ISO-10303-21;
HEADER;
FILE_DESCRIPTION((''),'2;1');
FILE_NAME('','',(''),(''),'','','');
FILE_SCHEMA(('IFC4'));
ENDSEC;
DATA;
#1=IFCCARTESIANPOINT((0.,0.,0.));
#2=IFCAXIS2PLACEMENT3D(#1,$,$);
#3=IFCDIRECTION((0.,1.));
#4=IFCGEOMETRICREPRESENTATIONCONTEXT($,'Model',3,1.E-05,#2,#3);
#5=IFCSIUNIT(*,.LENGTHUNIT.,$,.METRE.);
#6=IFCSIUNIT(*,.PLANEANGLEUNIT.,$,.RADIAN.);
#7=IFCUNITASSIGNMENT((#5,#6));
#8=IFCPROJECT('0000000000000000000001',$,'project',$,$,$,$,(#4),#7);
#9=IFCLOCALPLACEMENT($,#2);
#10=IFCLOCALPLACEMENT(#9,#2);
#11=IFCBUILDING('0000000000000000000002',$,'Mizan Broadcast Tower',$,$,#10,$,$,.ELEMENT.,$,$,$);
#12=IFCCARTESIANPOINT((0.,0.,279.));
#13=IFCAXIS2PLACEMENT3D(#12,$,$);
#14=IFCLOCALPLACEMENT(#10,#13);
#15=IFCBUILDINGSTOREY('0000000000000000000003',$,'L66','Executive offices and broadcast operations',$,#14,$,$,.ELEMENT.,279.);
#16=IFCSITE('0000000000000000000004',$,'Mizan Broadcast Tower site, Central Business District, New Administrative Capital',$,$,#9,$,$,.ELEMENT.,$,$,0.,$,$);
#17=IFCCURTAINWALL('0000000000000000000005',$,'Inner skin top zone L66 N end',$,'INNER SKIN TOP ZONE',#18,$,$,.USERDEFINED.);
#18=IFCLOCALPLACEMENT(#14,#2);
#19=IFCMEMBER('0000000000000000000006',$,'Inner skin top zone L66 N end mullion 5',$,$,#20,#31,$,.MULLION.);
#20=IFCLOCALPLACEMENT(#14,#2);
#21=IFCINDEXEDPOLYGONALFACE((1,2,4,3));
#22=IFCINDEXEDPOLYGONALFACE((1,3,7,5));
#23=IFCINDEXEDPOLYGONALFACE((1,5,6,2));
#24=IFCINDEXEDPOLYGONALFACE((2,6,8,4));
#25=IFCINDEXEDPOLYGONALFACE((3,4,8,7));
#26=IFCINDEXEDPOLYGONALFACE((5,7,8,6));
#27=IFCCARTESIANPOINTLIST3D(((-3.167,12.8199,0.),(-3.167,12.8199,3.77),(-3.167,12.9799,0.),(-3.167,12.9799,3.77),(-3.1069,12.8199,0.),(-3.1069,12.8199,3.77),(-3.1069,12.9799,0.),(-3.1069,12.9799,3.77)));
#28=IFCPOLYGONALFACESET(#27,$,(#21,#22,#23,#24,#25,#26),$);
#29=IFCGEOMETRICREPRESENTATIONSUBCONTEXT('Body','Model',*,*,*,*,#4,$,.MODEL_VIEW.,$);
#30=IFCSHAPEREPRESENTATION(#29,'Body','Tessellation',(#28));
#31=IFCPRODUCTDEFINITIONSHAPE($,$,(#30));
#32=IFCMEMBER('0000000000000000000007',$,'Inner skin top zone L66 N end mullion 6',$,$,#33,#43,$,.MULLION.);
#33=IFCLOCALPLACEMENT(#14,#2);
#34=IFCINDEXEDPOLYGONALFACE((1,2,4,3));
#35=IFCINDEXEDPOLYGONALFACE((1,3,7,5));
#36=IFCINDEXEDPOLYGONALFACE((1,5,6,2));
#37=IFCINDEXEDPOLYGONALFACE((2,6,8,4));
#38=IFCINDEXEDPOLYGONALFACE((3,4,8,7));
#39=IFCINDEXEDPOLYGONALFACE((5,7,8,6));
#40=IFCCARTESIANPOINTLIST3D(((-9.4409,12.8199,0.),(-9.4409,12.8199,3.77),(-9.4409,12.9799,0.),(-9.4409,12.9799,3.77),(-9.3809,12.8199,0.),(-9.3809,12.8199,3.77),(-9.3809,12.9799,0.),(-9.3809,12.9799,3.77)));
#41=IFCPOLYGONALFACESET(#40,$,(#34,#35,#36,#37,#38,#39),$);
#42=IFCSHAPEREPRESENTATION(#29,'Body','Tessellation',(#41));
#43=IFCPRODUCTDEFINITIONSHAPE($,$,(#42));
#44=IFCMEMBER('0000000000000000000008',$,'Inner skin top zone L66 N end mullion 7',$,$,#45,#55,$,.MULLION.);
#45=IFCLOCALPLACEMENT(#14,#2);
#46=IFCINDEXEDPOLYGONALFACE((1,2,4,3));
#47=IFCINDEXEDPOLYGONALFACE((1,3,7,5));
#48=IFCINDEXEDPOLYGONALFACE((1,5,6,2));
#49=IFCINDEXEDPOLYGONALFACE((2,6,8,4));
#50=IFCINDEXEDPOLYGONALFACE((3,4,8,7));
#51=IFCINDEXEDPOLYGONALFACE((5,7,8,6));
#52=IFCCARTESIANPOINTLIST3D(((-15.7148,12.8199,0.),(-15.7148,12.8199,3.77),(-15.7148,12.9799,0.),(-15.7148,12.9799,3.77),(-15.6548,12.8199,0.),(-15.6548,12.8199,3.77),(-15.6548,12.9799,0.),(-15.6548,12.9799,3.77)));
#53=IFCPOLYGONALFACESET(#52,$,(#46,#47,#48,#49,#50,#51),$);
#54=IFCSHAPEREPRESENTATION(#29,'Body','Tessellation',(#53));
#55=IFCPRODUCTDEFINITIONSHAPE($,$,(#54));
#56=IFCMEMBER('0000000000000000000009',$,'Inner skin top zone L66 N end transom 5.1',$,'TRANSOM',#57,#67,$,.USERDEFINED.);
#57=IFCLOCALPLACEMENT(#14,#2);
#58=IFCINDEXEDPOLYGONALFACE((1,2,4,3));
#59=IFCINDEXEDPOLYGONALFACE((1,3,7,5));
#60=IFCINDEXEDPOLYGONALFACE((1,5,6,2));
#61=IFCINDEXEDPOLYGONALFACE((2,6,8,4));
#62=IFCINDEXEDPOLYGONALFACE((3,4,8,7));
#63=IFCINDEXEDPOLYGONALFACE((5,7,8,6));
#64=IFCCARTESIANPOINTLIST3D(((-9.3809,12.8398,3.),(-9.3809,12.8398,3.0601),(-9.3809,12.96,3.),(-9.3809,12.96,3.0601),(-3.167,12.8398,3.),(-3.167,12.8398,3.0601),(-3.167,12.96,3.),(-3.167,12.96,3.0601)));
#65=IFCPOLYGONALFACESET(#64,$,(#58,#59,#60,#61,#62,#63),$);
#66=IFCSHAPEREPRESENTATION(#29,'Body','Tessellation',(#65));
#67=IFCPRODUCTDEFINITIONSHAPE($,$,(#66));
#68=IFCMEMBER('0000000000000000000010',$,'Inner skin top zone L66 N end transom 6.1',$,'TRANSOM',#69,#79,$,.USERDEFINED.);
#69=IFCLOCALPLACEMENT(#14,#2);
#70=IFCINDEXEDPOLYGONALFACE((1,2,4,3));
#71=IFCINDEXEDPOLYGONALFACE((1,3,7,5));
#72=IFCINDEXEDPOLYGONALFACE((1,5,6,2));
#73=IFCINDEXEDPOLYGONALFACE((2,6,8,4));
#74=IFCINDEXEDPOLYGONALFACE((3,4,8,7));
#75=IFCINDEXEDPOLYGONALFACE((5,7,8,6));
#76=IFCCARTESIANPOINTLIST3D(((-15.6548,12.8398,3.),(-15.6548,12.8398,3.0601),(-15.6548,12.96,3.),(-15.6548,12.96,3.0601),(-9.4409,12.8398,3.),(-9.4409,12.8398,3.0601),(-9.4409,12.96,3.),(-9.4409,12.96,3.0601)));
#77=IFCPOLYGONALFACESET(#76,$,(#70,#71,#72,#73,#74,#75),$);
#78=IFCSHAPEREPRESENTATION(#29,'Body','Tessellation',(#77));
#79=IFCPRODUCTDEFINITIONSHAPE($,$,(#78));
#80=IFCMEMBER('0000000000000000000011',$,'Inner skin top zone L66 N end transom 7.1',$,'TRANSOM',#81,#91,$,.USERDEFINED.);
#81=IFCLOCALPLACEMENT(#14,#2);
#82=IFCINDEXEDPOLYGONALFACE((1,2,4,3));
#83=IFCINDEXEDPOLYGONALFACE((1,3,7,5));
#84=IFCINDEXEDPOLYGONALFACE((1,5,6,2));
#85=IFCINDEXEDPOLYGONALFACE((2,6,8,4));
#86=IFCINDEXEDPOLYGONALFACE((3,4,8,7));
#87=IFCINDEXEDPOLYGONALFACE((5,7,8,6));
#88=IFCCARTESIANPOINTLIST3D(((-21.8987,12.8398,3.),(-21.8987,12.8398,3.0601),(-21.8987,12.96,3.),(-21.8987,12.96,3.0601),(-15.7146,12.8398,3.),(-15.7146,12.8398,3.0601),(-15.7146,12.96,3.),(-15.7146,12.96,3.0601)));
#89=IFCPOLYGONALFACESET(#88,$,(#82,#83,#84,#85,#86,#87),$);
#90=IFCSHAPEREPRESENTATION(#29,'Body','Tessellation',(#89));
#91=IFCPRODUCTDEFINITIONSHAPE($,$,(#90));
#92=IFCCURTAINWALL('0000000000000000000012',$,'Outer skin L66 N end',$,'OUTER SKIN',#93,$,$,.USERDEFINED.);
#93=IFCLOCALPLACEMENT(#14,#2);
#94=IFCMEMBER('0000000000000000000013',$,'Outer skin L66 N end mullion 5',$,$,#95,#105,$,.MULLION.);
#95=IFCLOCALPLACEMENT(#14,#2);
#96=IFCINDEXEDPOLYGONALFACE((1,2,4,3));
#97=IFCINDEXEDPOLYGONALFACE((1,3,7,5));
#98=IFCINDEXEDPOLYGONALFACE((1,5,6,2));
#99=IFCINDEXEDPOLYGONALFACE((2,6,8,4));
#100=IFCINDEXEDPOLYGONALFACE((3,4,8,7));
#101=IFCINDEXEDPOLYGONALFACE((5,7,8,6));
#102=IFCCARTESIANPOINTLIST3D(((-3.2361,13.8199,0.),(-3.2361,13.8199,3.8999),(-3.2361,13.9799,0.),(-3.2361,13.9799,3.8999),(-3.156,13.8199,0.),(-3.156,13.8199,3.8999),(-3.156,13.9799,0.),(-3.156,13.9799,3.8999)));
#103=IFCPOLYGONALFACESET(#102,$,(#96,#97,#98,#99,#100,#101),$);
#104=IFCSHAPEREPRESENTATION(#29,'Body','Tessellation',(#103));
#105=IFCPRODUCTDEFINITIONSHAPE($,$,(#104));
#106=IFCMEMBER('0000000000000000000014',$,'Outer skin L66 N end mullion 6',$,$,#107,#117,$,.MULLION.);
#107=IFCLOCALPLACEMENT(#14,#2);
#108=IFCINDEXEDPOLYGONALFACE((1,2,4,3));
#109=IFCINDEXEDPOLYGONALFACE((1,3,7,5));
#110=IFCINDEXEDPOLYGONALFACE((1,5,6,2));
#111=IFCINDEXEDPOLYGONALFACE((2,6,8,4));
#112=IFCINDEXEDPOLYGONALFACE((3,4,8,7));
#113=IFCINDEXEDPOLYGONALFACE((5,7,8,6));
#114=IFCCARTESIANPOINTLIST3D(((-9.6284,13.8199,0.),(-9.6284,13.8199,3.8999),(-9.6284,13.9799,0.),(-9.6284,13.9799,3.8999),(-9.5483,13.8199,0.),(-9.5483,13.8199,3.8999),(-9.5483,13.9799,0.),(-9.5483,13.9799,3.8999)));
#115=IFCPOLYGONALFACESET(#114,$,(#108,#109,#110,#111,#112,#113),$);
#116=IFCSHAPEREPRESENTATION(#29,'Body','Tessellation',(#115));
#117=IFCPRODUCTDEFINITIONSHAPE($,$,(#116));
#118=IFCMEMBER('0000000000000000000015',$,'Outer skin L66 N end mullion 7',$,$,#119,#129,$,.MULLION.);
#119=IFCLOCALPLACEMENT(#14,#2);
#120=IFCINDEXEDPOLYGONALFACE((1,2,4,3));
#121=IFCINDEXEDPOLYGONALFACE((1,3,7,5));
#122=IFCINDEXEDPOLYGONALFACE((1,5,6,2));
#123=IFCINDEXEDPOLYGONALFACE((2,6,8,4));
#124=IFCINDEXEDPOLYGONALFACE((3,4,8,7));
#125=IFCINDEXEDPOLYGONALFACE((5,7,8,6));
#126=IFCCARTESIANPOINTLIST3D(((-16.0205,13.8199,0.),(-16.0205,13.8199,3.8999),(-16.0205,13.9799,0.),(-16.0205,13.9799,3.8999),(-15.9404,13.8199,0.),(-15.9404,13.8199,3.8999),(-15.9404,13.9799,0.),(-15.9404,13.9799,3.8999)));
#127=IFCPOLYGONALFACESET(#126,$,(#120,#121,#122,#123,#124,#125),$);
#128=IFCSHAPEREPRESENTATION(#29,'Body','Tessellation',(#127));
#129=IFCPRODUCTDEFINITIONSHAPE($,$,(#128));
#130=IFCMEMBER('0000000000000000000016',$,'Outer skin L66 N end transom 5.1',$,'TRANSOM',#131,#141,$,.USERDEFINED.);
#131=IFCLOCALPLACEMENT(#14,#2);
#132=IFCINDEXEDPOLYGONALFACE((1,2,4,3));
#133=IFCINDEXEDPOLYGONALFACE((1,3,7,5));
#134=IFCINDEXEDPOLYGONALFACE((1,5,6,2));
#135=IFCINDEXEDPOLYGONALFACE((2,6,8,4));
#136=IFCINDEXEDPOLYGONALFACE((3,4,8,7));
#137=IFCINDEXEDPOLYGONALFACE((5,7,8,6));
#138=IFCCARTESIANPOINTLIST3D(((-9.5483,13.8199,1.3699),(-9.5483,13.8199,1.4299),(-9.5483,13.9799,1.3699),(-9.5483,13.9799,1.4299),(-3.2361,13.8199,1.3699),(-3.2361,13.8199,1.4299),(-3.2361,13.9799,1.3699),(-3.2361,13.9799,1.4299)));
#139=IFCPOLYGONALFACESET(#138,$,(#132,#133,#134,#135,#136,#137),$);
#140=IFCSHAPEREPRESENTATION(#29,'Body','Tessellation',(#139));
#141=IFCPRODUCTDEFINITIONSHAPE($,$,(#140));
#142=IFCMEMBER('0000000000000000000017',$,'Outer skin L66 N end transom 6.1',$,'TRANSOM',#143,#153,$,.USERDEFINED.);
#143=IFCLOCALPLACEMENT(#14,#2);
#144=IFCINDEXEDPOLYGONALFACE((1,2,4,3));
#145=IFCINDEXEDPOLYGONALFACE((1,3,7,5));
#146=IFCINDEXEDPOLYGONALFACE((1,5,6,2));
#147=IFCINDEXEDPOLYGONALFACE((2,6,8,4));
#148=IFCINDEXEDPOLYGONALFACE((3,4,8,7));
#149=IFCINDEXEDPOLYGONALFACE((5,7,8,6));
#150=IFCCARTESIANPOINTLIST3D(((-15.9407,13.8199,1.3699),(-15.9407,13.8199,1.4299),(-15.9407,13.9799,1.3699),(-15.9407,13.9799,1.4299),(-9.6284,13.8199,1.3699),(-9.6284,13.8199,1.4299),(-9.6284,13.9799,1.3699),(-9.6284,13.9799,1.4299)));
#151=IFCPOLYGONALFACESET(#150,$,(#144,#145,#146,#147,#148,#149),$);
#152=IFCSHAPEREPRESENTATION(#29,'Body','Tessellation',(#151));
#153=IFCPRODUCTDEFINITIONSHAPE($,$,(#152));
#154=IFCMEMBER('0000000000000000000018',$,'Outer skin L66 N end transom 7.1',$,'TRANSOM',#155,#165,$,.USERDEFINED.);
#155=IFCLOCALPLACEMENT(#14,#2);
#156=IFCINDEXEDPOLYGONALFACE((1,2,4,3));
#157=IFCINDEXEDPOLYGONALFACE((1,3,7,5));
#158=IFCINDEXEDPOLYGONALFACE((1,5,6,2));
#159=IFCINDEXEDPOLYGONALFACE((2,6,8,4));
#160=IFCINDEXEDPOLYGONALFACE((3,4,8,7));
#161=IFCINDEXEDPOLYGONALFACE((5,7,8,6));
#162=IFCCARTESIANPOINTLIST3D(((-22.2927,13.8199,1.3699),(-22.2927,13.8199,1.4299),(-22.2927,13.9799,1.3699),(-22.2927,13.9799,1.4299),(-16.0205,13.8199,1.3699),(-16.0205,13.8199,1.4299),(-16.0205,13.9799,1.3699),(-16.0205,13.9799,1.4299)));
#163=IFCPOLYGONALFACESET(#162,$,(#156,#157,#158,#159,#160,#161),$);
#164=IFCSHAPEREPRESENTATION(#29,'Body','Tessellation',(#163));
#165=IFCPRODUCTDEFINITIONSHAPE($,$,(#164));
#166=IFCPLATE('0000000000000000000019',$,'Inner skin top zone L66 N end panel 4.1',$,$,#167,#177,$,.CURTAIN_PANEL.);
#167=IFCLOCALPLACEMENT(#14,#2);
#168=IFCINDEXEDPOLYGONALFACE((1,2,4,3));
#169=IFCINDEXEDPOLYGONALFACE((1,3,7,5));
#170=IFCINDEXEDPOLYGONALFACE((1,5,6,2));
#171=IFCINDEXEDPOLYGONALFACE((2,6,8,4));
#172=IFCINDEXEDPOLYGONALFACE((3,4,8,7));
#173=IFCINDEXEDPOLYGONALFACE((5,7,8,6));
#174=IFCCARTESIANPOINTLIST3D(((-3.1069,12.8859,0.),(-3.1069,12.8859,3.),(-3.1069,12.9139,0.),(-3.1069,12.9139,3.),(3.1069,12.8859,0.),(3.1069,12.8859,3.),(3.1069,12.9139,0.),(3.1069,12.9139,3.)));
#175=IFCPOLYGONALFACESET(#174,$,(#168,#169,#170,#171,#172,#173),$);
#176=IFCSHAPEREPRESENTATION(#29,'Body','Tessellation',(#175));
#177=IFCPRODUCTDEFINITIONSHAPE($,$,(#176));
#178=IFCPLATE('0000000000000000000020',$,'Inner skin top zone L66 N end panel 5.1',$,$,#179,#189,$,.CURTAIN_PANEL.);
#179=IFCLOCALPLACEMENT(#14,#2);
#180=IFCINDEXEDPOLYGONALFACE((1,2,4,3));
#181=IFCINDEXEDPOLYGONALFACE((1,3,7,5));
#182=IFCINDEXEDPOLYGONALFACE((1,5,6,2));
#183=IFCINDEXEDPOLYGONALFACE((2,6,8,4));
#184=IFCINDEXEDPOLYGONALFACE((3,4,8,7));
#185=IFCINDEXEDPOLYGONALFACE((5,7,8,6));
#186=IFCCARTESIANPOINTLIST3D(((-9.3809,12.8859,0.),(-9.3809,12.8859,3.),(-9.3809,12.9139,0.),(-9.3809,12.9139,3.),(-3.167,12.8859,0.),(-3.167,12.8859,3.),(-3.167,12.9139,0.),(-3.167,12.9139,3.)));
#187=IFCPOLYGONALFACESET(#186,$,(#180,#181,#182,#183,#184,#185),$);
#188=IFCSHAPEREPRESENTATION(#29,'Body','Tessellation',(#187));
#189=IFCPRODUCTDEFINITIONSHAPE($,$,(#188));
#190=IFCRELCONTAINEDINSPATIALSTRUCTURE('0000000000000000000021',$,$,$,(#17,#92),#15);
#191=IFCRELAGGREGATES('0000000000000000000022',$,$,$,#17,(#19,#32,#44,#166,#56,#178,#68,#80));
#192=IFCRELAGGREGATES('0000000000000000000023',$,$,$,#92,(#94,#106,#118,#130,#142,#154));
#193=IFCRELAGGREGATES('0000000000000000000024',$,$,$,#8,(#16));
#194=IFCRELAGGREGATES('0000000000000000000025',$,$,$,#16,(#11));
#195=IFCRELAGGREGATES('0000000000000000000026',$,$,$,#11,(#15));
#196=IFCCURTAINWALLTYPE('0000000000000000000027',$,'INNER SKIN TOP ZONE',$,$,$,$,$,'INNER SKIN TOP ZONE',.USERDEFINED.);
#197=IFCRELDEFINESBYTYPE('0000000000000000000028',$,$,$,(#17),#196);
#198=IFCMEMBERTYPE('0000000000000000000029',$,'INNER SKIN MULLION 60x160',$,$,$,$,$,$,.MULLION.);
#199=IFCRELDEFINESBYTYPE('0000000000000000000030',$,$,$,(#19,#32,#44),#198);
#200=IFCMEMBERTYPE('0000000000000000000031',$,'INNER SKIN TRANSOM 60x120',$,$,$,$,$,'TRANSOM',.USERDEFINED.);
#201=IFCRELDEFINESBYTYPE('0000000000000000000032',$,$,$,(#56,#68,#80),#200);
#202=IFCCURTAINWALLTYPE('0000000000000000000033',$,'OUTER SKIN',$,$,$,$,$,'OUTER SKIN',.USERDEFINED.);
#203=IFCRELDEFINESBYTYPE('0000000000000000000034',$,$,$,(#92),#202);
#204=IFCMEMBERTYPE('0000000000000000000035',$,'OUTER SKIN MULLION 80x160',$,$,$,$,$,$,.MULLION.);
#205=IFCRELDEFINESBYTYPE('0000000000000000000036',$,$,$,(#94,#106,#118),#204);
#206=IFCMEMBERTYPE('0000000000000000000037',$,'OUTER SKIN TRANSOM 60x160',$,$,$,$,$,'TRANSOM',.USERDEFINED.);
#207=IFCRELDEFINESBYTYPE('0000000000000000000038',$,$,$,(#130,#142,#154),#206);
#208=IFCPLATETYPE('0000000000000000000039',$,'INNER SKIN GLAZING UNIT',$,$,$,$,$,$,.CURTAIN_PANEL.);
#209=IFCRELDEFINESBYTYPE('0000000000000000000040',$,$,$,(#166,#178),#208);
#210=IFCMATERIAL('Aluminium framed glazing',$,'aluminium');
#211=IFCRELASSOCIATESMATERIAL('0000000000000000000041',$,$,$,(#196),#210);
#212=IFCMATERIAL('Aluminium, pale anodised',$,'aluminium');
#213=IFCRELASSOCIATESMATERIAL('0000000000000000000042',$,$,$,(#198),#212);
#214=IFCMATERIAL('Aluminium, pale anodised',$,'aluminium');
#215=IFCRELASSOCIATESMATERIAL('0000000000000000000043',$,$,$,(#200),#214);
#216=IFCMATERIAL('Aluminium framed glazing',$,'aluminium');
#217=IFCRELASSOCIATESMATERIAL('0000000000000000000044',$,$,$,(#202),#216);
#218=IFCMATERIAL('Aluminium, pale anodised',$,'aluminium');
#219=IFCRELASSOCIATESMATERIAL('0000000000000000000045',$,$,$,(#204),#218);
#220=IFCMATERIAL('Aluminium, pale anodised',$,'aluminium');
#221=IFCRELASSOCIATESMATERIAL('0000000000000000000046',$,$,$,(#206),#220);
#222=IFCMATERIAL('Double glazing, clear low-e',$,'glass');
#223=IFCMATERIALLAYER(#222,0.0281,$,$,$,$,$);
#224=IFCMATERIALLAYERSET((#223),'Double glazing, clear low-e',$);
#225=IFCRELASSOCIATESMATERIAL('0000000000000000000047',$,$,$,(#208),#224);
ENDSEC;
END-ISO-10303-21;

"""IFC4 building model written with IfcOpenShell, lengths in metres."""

from ifc_helpers import new_model, si_unit, direction, frame, origin, origin_2d, place, context, subcontext, project, spatial, rectangle, extrude, material, layer, layer_set, material_profile, profile_set, type_object, element, aggregate, save


model = new_model("IFC4")

# Units and contexts
model_context = context("Model", 3, precision=1e-05, world=origin(), true_north=direction((0.0, 1.0)))
body_context = subcontext(model_context, "Body", "Model", "MODEL_VIEW")
ifc_project = project(units=[si_unit("LENGTHUNIT", "METRE"), si_unit("PLANEANGLEUNIT", "RADIAN")], contexts=[model_context])

# Site, building, storey
site_placement = place(None, origin())
site = spatial("IfcSite", under=ifc_project, at=site_placement, Name="Mizan Broadcast Tower site, Central Business District, New Administrative Capital", CompositionType="ELEMENT", RefElevation=0.0)
building_placement = place(site_placement, origin())
building = spatial("IfcBuilding", under=site, at=building_placement, Name="Mizan Broadcast Tower", CompositionType="ELEMENT")
storey_placement = place(building_placement, frame((0.0, 0.0, 279.0)))
storey = spatial("IfcBuildingStorey", under=building, at=storey_placement, Name="L66", Description="Executive offices and broadcast operations", CompositionType="ELEMENT", Elevation=279.0)

# Curtain walls, members
ifc_material_1 = material(Name="Aluminium framed glazing", Category="aluminium")
curtain_wall_type_1 = type_object("IfcCurtainWallType", Name="INNER SKIN TOP ZONE", ElementType="INNER SKIN TOP ZONE", PredefinedType="USERDEFINED", material=ifc_material_1)
curtain_wall_1_placement = place(storey_placement, origin())
curtain_wall_1 = element("IfcCurtainWall", 1, at=curtain_wall_1_placement, inside=storey, type_object=curtain_wall_type_1, Name="Inner skin top zone L66 N end", ObjectType="INNER SKIN TOP ZONE", PredefinedType="USERDEFINED")
ifc_material_2 = material(Name="Aluminium, pale anodised", Category="aluminium")
ifc_material_profile_1 = material_profile(ifc_material_2, rectangle(XDim=0.1599, YDim=0.0601, at=origin_2d()), Name="MULLION 160x60")
ifc_profile_set_1 = profile_set([ifc_material_profile_1], Name="Aluminium, pale anodised")
member_type_1 = type_object("IfcMemberType", Name="INNER SKIN MULLION 60x160", PredefinedType="MULLION", material=ifc_profile_set_1)
member_1_placement = place(storey_placement, frame((-3.137, 12.8999, 0.0), z_axis=(0.0, 0.0, 1.0), x_axis=(0.0, -1.0, 0.0)))
member_1 = element("IfcMember", 2, at=member_1_placement, type_object=member_type_1, Name="Inner skin top zone L66 N end mullion 5", PredefinedType="MULLION", context=body_context, shape_type="SweptSolid", body=[
    extrude(rectangle(XDim=0.1599, YDim=0.0601, at=origin_2d()), origin(), (0.0, 0.0, 1.0), 3.77),
])
member_2_placement = place(storey_placement, frame((-9.4109, 12.8999, 0.0), z_axis=(0.0, 0.0, 1.0), x_axis=(0.0, -1.0, 0.0)))
member_2 = element("IfcMember", 3, at=member_2_placement, type_object=member_type_1, Name="Inner skin top zone L66 N end mullion 6", PredefinedType="MULLION", context=body_context, shape_type="SweptSolid", body=[
    extrude(rectangle(XDim=0.1599, YDim=0.0601, at=origin_2d()), origin(), (0.0, 0.0, 1.0), 3.77),
])
member_3_placement = place(storey_placement, frame((-15.6848, 12.8999, 0.0), z_axis=(0.0, 0.0, 1.0), x_axis=(0.0, -1.0, 0.0)))
member_3 = element("IfcMember", 4, at=member_3_placement, type_object=member_type_1, Name="Inner skin top zone L66 N end mullion 7", PredefinedType="MULLION", context=body_context, shape_type="SweptSolid", body=[
    extrude(rectangle(XDim=0.1599, YDim=0.0601, at=origin_2d()), origin(), (0.0, 0.0, 1.0), 3.77),
])
ifc_material_3 = material(Name="Aluminium, pale anodised", Category="aluminium")
ifc_material_profile_2 = material_profile(ifc_material_3, rectangle(XDim=0.1201, YDim=0.0601, at=origin_2d()), Name="TRANSOM 120x60")
ifc_profile_set_2 = profile_set([ifc_material_profile_2], Name="Aluminium, pale anodised")
member_type_2 = type_object("IfcMemberType", Name="INNER SKIN TRANSOM 60x120", ElementType="TRANSOM", PredefinedType="USERDEFINED", material=ifc_profile_set_2)
member_4_placement = place(storey_placement, frame((-3.167, 12.8999, 3.03), z_axis=(-1.0, 0.0, 0.0), x_axis=(0.0, -1.0, 0.0)))
member_4 = element("IfcMember", 5, at=member_4_placement, type_object=member_type_2, Name="Inner skin top zone L66 N end transom 5.1", ObjectType="TRANSOM", PredefinedType="USERDEFINED", context=body_context, shape_type="SweptSolid", body=[
    extrude(rectangle(XDim=0.1201, YDim=0.0601, at=origin_2d()), origin(), (0.0, 0.0, 1.0), 6.2139),
])
member_5_placement = place(storey_placement, frame((-9.4409, 12.8999, 3.03), z_axis=(-1.0, 0.0, 0.0), x_axis=(0.0, -1.0, 0.0)))
member_5 = element("IfcMember", 6, at=member_5_placement, type_object=member_type_2, Name="Inner skin top zone L66 N end transom 6.1", ObjectType="TRANSOM", PredefinedType="USERDEFINED", context=body_context, shape_type="SweptSolid", body=[
    extrude(rectangle(XDim=0.1201, YDim=0.0601, at=origin_2d()), origin(), (0.0, 0.0, 1.0), 6.2139),
])
member_6_placement = place(storey_placement, frame((-15.7146, 12.8999, 3.03), z_axis=(-1.0, 0.0, 0.0), x_axis=(0.0, -1.0, 0.0)))
member_6 = element("IfcMember", 7, at=member_6_placement, type_object=member_type_2, Name="Inner skin top zone L66 N end transom 7.1", ObjectType="TRANSOM", PredefinedType="USERDEFINED", context=body_context, shape_type="SweptSolid", body=[
    extrude(rectangle(XDim=0.1201, YDim=0.0601, at=origin_2d()), origin(), (0.0, 0.0, 1.0), 6.1841),
])
ifc_material_4 = material(Name="Aluminium framed glazing", Category="aluminium")
curtain_wall_type_2 = type_object("IfcCurtainWallType", Name="OUTER SKIN", ElementType="OUTER SKIN", PredefinedType="USERDEFINED", material=ifc_material_4)
curtain_wall_2_placement = place(storey_placement, origin())
curtain_wall_2 = element("IfcCurtainWall", 8, at=curtain_wall_2_placement, inside=storey, type_object=curtain_wall_type_2, Name="Outer skin L66 N end", ObjectType="OUTER SKIN", PredefinedType="USERDEFINED")
ifc_material_5 = material(Name="Aluminium, pale anodised", Category="aluminium")
ifc_material_profile_3 = material_profile(ifc_material_5, rectangle(XDim=0.1599, YDim=0.0801, at=origin_2d()), Name="MULLION 160x80")
ifc_profile_set_3 = profile_set([ifc_material_profile_3], Name="Aluminium, pale anodised")
member_type_3 = type_object("IfcMemberType", Name="OUTER SKIN MULLION 80x160", PredefinedType="MULLION", material=ifc_profile_set_3)
member_7_placement = place(storey_placement, frame((-3.196, 13.8999, 0.0), z_axis=(0.0, 0.0, 1.0), x_axis=(0.0, -1.0, 0.0)))
member_7 = element("IfcMember", 9, at=member_7_placement, type_object=member_type_3, Name="Outer skin L66 N end mullion 5", PredefinedType="MULLION", context=body_context, shape_type="SweptSolid", body=[
    extrude(rectangle(XDim=0.1599, YDim=0.0801, at=origin_2d()), origin(), (0.0, 0.0, 1.0), 3.8999),
])
member_8_placement = place(storey_placement, frame((-9.5884, 13.8999, 0.0), z_axis=(0.0, 0.0, 1.0), x_axis=(0.0, -1.0, 0.0)))
member_8 = element("IfcMember", 10, at=member_8_placement, type_object=member_type_3, Name="Outer skin L66 N end mullion 6", PredefinedType="MULLION", context=body_context, shape_type="SweptSolid", body=[
    extrude(rectangle(XDim=0.1599, YDim=0.0801, at=origin_2d()), origin(), (0.0, 0.0, 1.0), 3.8999),
])
member_9_placement = place(storey_placement, frame((-15.9805, 13.8999, 0.0), z_axis=(0.0, 0.0, 1.0), x_axis=(0.0, -1.0, 0.0)))
member_9 = element("IfcMember", 11, at=member_9_placement, type_object=member_type_3, Name="Outer skin L66 N end mullion 7", PredefinedType="MULLION", context=body_context, shape_type="SweptSolid", body=[
    extrude(rectangle(XDim=0.1599, YDim=0.0801, at=origin_2d()), origin(), (0.0, 0.0, 1.0), 3.8999),
])
ifc_material_6 = material(Name="Aluminium, pale anodised", Category="aluminium")
ifc_material_profile_4 = material_profile(ifc_material_6, rectangle(XDim=0.1599, YDim=0.0601, at=origin_2d()), Name="TRANSOM 160x60")
ifc_profile_set_4 = profile_set([ifc_material_profile_4], Name="Aluminium, pale anodised")
member_type_4 = type_object("IfcMemberType", Name="OUTER SKIN TRANSOM 60x160", ElementType="TRANSOM", PredefinedType="USERDEFINED", material=ifc_profile_set_4)
member_10_placement = place(storey_placement, frame((-3.2361, 13.8999, 1.3999), z_axis=(-1.0, 0.0, 0.0), x_axis=(0.0, -1.0, 0.0)))
member_10 = element("IfcMember", 12, at=member_10_placement, type_object=member_type_4, Name="Outer skin L66 N end transom 5.1", ObjectType="TRANSOM", PredefinedType="USERDEFINED", context=body_context, shape_type="SweptSolid", body=[
    extrude(rectangle(XDim=0.1599, YDim=0.0601, at=origin_2d()), origin(), (0.0, 0.0, 1.0), 6.3123),
])
member_11_placement = place(storey_placement, frame((-9.6284, 13.8999, 1.3999), z_axis=(-1.0, 0.0, 0.0), x_axis=(0.0, -1.0, 0.0)))
member_11 = element("IfcMember", 13, at=member_11_placement, type_object=member_type_4, Name="Outer skin L66 N end transom 6.1", ObjectType="TRANSOM", PredefinedType="USERDEFINED", context=body_context, shape_type="SweptSolid", body=[
    extrude(rectangle(XDim=0.1599, YDim=0.0601, at=origin_2d()), origin(), (0.0, 0.0, 1.0), 6.3123),
])
member_12_placement = place(storey_placement, frame((-16.0205, 13.8999, 1.3999), z_axis=(-1.0, 0.0, 0.0), x_axis=(0.0, -1.0, 0.0)))
member_12 = element("IfcMember", 14, at=member_12_placement, type_object=member_type_4, Name="Outer skin L66 N end transom 7.1", ObjectType="TRANSOM", PredefinedType="USERDEFINED", context=body_context, shape_type="SweptSolid", body=[
    extrude(rectangle(XDim=0.1599, YDim=0.0601, at=origin_2d()), origin(), (0.0, 0.0, 1.0), 6.2722),
])

# Plates
ifc_material_7 = material(Name="Double glazing, clear low-e", Category="glass")
ifc_layer_1 = layer(ifc_material_7, 0.0281)
ifc_layer_set_1 = layer_set([ifc_layer_1], Name="Double glazing, clear low-e")
plate_type_1 = type_object("IfcPlateType", Name="INNER SKIN GLAZING UNIT", PredefinedType="CURTAIN_PANEL", material=ifc_layer_set_1)
plate_1_placement = place(storey_placement, frame((0.0, 12.8999, 0.0), z_axis=(0.0, 0.0, 1.0), x_axis=(-1.0, 0.0, 0.0)))
plate_1 = element("IfcPlate", 15, at=plate_1_placement, type_object=plate_type_1, Name="Inner skin top zone L66 N end panel 4.1", PredefinedType="CURTAIN_PANEL", context=body_context, shape_type="SweptSolid", body=[
    extrude(rectangle(XDim=6.2139, YDim=0.0281, at=origin_2d()), origin(), (0.0, 0.0, 1.0), 3.0),
])
plate_2_placement = place(storey_placement, frame((-6.2739, 12.8999, 0.0), z_axis=(0.0, 0.0, 1.0), x_axis=(-1.0, 0.0, 0.0)))
plate_2 = element("IfcPlate", 16, at=plate_2_placement, type_object=plate_type_1, Name="Inner skin top zone L66 N end panel 5.1", PredefinedType="CURTAIN_PANEL", context=body_context, shape_type="SweptSolid", body=[
    extrude(rectangle(XDim=6.2139, YDim=0.0281, at=origin_2d()), origin(), (0.0, 0.0, 1.0), 3.0),
])
aggregate(curtain_wall_1, [member_1, member_2, member_3, plate_1, member_4, plate_2, member_5, member_6])
aggregate(curtain_wall_2, [member_7, member_8, member_9, member_10, member_11, member_12])

save(model, "model.ifc")
